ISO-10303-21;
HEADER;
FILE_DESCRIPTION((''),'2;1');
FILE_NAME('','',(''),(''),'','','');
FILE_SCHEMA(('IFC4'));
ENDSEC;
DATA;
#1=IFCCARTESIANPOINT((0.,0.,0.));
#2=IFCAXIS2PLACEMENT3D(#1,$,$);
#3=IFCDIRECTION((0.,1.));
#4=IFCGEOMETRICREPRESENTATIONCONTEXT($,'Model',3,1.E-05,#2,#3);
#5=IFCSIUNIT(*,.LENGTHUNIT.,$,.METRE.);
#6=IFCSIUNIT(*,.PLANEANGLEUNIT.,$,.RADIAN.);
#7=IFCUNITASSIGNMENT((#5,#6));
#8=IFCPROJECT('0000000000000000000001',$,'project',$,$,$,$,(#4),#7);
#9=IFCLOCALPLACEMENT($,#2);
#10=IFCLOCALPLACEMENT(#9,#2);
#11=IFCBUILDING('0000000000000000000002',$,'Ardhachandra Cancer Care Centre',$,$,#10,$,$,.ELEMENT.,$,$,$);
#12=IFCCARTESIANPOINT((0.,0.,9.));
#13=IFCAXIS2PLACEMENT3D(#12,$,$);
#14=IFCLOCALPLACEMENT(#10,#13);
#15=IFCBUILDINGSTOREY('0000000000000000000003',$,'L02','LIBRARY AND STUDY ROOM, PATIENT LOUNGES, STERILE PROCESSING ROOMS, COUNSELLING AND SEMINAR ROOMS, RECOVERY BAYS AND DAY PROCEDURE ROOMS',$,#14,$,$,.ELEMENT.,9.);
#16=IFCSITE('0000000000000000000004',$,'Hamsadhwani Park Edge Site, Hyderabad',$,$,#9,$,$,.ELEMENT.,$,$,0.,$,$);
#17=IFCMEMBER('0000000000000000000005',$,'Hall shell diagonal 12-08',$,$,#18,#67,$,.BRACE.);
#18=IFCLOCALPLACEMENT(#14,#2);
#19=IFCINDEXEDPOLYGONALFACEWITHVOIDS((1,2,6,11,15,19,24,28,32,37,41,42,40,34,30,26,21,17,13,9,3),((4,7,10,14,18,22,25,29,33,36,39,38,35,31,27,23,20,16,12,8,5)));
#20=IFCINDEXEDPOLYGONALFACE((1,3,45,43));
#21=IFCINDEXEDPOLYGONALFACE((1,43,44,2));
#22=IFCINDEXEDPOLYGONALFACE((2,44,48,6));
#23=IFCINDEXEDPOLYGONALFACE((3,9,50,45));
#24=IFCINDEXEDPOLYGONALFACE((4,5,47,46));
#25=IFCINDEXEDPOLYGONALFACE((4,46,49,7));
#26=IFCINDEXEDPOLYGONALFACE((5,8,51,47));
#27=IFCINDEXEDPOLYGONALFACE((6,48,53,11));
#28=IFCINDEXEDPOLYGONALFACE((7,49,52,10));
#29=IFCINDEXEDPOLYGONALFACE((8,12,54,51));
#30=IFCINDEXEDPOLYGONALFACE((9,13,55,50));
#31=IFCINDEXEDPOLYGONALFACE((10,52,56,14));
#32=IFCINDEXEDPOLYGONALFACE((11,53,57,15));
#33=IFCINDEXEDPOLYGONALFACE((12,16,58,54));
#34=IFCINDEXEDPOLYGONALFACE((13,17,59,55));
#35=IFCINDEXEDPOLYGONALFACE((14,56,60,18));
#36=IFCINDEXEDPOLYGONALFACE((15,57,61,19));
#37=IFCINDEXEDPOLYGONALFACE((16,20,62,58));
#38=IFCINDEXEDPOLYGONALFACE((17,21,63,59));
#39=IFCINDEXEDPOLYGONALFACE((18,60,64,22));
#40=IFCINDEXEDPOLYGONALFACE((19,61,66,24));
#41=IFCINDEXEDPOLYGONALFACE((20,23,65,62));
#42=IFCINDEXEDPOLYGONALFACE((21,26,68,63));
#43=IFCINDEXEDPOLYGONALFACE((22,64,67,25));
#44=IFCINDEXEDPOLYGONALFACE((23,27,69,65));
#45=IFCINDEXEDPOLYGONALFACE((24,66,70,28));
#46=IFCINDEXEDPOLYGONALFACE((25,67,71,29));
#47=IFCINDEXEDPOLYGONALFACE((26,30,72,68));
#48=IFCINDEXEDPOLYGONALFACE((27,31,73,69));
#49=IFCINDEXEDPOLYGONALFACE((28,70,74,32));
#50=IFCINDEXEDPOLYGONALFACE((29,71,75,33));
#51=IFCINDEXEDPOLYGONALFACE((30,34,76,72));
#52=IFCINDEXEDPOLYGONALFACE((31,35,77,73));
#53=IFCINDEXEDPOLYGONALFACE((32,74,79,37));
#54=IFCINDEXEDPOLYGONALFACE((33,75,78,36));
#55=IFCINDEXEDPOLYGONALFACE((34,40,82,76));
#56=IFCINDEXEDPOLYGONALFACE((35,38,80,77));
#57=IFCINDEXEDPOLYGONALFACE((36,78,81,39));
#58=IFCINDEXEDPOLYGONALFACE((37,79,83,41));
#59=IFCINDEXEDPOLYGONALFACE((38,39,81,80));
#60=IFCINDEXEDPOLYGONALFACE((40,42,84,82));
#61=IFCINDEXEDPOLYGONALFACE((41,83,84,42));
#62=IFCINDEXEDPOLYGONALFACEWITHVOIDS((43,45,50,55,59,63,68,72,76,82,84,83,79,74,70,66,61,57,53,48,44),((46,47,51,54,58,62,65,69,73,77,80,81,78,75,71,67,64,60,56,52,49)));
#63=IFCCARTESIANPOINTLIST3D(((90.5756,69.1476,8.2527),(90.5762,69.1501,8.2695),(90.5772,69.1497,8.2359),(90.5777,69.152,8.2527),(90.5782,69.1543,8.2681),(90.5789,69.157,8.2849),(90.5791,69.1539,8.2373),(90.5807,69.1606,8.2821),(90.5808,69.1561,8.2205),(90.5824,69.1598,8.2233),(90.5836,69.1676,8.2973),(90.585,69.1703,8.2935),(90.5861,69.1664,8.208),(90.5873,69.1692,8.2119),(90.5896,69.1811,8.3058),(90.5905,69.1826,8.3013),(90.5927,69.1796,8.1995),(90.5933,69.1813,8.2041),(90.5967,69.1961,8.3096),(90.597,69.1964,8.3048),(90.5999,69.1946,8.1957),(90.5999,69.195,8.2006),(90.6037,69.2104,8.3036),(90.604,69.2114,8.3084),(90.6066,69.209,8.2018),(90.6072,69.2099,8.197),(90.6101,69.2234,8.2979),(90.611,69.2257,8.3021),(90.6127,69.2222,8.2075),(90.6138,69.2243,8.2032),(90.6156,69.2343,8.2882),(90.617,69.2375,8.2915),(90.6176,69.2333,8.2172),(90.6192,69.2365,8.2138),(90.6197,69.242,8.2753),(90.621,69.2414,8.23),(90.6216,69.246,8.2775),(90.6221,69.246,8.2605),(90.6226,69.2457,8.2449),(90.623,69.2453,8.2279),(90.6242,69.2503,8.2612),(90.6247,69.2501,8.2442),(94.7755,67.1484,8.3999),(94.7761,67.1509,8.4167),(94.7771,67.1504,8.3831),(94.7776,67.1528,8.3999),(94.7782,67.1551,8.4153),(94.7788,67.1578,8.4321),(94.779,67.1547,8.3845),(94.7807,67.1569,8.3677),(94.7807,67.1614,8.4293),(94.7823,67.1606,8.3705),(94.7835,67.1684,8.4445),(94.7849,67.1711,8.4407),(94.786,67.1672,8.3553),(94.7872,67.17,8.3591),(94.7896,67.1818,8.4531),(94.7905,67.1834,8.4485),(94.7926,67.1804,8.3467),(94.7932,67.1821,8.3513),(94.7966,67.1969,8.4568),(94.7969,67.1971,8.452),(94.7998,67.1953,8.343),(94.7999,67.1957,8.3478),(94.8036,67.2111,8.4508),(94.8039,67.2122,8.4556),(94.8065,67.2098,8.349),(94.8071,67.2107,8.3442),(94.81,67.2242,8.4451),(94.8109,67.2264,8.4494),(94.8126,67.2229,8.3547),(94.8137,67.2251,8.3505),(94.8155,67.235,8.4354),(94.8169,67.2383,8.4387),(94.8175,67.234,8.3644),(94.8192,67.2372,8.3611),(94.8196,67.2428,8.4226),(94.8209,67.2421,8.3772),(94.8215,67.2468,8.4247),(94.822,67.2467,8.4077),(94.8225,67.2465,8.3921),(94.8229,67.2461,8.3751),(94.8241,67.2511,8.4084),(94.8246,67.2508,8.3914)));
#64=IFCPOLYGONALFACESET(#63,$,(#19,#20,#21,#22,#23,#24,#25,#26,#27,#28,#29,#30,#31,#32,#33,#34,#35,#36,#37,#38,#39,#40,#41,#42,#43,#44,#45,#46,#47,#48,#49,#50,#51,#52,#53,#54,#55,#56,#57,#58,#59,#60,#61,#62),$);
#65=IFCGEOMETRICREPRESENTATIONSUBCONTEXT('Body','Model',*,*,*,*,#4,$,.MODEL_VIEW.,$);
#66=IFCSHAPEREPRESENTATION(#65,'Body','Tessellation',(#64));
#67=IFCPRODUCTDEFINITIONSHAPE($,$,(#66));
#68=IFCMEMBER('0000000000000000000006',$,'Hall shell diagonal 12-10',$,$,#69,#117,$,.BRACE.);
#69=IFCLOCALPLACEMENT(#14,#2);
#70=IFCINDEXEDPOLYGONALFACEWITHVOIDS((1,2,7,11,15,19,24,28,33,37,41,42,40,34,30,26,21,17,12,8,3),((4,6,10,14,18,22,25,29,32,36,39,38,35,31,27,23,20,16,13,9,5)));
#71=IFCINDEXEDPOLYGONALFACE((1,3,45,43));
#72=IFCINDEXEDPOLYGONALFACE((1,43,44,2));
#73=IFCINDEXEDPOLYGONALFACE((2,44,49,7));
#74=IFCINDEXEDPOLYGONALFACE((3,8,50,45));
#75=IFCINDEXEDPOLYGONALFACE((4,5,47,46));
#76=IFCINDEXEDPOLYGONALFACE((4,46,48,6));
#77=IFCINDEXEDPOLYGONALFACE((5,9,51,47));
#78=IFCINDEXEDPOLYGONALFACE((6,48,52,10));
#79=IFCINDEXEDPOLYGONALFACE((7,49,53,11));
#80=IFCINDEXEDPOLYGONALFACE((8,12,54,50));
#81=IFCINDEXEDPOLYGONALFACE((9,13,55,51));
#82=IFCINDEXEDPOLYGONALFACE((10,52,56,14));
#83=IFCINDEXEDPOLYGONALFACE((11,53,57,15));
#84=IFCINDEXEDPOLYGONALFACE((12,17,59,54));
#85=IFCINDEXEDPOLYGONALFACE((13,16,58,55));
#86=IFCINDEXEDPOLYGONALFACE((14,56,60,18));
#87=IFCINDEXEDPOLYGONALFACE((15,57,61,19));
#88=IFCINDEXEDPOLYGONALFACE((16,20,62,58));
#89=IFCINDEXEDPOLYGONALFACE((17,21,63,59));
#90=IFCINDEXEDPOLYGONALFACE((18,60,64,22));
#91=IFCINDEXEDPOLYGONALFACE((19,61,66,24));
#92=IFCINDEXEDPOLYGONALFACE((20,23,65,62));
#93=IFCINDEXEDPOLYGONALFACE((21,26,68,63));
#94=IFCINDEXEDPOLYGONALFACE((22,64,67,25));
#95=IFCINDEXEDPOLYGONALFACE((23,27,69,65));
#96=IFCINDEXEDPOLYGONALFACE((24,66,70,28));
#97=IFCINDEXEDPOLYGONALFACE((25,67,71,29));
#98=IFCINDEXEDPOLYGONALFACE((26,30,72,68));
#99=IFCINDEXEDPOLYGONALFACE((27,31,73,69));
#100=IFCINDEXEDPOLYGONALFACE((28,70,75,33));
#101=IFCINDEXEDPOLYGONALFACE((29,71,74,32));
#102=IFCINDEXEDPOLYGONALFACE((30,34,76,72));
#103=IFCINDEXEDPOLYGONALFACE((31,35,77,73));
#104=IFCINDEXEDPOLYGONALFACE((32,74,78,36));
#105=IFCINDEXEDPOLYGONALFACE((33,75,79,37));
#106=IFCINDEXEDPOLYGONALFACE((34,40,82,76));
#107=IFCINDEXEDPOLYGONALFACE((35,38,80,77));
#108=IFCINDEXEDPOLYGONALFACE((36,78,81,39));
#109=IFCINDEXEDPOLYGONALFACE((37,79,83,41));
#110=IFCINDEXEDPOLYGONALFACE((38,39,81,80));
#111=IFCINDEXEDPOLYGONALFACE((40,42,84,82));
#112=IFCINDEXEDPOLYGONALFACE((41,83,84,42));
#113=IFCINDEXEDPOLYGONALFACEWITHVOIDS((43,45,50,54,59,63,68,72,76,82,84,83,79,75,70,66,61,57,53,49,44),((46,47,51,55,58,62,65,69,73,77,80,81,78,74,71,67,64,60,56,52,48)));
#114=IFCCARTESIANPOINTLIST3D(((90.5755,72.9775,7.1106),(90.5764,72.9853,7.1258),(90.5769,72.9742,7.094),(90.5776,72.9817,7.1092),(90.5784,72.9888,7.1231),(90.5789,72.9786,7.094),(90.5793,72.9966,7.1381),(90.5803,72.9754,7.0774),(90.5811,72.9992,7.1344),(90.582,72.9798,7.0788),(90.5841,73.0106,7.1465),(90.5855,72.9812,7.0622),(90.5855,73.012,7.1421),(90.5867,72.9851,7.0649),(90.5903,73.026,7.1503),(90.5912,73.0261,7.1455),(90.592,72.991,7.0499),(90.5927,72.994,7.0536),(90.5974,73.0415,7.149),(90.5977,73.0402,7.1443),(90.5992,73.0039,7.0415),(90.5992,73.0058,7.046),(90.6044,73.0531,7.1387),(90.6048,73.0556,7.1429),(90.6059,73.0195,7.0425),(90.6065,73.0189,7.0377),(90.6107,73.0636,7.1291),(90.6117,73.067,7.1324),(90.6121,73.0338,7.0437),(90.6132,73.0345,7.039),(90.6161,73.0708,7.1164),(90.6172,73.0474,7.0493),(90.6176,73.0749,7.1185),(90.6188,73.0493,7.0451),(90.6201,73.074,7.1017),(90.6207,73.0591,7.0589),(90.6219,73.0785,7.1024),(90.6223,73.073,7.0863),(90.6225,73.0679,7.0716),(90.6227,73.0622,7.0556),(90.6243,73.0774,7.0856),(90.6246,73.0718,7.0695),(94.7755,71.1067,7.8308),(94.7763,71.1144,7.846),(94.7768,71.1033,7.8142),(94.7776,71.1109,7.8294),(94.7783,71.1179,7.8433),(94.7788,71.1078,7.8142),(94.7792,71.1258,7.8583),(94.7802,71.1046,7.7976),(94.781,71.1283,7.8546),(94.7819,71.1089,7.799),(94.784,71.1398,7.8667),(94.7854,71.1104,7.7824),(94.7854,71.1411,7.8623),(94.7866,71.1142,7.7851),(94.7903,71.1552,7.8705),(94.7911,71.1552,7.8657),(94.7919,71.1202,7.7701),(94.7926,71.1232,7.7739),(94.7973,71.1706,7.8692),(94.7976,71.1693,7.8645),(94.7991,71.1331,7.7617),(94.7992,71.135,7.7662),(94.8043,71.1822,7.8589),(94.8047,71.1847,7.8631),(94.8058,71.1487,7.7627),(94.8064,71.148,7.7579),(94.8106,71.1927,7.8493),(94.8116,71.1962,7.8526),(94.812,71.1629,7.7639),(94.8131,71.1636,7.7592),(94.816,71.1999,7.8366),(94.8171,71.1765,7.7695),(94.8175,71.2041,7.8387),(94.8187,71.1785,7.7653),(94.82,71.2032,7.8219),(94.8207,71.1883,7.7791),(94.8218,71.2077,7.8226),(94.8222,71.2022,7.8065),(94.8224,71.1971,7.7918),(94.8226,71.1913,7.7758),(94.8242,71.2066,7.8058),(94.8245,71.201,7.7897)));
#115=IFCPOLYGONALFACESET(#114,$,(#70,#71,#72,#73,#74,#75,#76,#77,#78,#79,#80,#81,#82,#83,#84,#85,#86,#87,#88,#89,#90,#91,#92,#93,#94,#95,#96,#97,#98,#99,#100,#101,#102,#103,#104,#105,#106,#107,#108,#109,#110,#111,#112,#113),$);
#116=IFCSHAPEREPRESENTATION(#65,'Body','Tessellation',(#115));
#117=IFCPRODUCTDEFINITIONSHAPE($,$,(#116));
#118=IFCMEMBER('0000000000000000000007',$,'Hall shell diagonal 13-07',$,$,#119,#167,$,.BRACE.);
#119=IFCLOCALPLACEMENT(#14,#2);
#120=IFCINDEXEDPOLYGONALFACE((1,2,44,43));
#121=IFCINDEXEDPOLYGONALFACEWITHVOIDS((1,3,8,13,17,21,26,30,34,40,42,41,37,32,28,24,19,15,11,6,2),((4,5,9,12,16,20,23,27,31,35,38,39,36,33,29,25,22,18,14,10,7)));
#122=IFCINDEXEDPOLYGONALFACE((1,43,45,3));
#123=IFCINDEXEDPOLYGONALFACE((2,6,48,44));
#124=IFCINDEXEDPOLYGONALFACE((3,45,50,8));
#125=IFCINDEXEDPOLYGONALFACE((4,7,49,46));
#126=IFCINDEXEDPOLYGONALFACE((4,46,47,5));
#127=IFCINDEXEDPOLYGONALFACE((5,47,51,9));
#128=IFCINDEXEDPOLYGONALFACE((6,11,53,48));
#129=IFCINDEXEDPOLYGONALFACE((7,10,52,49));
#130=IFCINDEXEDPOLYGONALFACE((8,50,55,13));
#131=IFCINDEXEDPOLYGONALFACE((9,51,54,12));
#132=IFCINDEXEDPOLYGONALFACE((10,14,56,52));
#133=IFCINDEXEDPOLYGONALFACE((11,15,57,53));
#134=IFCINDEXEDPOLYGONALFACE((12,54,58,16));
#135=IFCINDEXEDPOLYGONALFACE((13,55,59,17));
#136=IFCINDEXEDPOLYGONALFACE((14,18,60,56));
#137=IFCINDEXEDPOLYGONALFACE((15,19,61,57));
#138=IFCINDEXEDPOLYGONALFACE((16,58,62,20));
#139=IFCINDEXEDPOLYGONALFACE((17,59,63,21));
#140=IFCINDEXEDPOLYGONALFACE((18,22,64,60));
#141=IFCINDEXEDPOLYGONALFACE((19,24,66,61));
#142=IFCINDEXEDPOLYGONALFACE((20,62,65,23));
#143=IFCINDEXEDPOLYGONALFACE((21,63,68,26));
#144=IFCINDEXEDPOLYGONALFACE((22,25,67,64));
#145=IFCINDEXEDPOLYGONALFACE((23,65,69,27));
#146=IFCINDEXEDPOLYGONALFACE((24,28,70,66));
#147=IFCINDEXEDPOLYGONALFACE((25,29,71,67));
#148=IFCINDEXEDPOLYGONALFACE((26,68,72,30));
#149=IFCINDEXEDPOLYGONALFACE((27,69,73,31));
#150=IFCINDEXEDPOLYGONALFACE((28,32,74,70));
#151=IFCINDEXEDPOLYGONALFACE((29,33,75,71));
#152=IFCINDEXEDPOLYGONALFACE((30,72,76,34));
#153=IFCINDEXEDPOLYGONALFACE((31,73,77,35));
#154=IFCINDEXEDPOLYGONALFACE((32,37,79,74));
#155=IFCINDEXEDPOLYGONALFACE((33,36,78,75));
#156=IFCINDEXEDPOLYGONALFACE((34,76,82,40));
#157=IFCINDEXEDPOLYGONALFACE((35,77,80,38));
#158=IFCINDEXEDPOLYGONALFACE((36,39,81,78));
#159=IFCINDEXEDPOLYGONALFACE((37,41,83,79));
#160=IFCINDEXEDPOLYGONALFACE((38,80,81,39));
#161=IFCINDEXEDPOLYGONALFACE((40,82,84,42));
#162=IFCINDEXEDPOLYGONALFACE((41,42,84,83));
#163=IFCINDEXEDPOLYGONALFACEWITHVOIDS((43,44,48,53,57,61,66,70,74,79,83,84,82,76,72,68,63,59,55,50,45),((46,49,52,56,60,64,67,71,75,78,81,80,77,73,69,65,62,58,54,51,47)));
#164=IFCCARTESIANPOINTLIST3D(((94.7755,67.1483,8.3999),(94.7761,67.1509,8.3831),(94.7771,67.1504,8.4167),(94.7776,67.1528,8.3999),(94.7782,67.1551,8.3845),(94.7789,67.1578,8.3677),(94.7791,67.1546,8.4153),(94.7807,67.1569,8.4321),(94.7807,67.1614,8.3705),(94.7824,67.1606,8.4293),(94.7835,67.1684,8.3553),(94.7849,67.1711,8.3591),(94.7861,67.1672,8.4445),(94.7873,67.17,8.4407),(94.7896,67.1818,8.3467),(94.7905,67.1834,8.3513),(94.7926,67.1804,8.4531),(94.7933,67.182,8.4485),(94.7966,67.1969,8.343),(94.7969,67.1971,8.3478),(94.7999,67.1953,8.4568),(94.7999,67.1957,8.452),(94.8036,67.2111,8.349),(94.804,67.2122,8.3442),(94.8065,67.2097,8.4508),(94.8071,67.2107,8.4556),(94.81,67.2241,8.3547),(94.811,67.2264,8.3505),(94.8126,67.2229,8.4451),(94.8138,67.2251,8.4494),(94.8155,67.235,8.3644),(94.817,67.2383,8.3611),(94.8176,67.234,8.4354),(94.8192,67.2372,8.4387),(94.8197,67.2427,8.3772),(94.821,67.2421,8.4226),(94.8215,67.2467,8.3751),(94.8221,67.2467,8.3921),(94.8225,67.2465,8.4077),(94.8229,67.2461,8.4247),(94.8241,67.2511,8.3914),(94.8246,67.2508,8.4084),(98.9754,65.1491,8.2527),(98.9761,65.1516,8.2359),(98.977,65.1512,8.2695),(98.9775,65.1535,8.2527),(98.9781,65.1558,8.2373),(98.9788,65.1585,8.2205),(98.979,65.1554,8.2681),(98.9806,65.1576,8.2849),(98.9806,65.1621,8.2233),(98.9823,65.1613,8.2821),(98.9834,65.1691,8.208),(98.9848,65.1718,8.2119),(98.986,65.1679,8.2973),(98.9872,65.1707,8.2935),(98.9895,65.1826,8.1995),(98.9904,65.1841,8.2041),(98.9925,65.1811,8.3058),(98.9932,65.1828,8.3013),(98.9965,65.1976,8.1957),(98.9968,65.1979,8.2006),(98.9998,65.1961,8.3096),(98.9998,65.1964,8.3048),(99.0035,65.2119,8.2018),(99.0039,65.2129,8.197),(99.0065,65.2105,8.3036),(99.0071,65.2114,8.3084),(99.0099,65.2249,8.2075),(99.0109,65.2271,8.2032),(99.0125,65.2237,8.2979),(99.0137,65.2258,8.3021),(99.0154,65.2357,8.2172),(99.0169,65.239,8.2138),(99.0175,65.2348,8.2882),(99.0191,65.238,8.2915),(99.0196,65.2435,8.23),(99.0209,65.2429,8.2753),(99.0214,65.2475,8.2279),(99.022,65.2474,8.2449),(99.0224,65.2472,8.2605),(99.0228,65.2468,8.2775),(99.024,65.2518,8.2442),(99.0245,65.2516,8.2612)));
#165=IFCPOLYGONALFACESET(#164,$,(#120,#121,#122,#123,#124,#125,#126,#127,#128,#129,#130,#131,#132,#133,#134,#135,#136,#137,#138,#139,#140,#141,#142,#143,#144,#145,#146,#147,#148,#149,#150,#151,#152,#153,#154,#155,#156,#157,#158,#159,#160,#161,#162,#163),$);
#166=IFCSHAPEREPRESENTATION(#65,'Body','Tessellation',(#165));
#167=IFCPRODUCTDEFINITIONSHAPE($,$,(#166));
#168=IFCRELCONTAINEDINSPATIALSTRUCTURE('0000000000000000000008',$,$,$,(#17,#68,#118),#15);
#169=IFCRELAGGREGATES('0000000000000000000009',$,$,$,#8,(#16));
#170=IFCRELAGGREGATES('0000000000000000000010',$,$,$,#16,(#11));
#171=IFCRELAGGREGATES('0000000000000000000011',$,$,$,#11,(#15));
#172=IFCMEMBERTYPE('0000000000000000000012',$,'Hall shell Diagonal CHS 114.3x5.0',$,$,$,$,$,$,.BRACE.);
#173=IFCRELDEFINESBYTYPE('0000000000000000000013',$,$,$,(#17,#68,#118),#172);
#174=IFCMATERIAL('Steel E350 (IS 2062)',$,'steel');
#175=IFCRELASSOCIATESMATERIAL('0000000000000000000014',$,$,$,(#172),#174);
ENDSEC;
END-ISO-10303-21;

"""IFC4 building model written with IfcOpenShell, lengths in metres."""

from ifc_helpers import new_model, si_unit, direction, frame, origin, origin_2d, place, context, subcontext, project, spatial, hollow_circle, extrude, material, material_profile, profile_set, type_object, element, save


model = new_model("IFC4")

# Units and contexts
model_context = context("Model", 3, precision=1e-05, world=origin(), true_north=direction((0.0, 1.0)))
body_context = subcontext(model_context, "Body", "Model", "MODEL_VIEW")
ifc_project = project(units=[si_unit("LENGTHUNIT", "METRE"), si_unit("PLANEANGLEUNIT", "RADIAN")], contexts=[model_context])

# Site, building, storey
site_placement = place(None, origin())
site = spatial("IfcSite", under=ifc_project, at=site_placement, Name="Hamsadhwani Park Edge Site, Hyderabad", CompositionType="ELEMENT", RefElevation=0.0)
building_placement = place(site_placement, origin())
building = spatial("IfcBuilding", under=site, at=building_placement, Name="Ardhachandra Cancer Care Centre", CompositionType="ELEMENT")
storey_placement = place(building_placement, frame((0.0, 0.0, 9.0)))
storey = spatial("IfcBuildingStorey", under=building, at=storey_placement, Name="L02", Description="LIBRARY AND STUDY ROOM, PATIENT LOUNGES, STERILE PROCESSING ROOMS, COUNSELLING AND SEMINAR ROOMS, RECOVERY BAYS AND DAY PROCEDURE ROOMS", CompositionType="ELEMENT", Elevation=9.0)

# Members
ifc_material_1 = material(Name="Steel E350 (IS 2062)", Category="steel")
ifc_material_profile_1 = material_profile(ifc_material_1, hollow_circle(Radius=0.0571, WallThickness=0.0049, at=origin_2d()), Name="CHS 114.3x5.0")
ifc_profile_set_1 = profile_set([ifc_material_profile_1], Name="Steel E350 (IS 2062)")
member_type_1 = type_object("IfcMemberType", Name="Hall shell Diagonal CHS 114.3x5.0", PredefinedType="BRACE", material=ifc_profile_set_1)
for number, where, z_axis, x_axis, name in (
    (1, (94.8, 67.2, 8.3999), (-0.902468, 0.429594, -0.031633), (-0.429809, -0.90292, 0.0), "Hall shell diagonal 12-08"),
    (2, (94.8, 71.1555, 7.8142), (-0.902467, 0.402, -0.154757), (-0.406902, -0.913472, 0.0), "Hall shell diagonal 12-10"),
    (3, (99.0, 65.2007, 8.2527), (-0.902468, 0.429594, 0.031633), (-0.429809, -0.90292, 0.0), "Hall shell diagonal 13-07"),
):
    element("IfcMember", number, at=place(storey_placement, frame(where, z_axis=z_axis, x_axis=x_axis)), inside=storey, type_object=member_type_1, Name=name, PredefinedType="BRACE", context=body_context, shape_type="SweptSolid", body=[
        extrude(hollow_circle(Radius=0.0571, WallThickness=0.0049, at=origin_2d()), origin(), (0.0, 0.0, 1.0), 4.6538),
    ])

save(model, "model.ifc")
